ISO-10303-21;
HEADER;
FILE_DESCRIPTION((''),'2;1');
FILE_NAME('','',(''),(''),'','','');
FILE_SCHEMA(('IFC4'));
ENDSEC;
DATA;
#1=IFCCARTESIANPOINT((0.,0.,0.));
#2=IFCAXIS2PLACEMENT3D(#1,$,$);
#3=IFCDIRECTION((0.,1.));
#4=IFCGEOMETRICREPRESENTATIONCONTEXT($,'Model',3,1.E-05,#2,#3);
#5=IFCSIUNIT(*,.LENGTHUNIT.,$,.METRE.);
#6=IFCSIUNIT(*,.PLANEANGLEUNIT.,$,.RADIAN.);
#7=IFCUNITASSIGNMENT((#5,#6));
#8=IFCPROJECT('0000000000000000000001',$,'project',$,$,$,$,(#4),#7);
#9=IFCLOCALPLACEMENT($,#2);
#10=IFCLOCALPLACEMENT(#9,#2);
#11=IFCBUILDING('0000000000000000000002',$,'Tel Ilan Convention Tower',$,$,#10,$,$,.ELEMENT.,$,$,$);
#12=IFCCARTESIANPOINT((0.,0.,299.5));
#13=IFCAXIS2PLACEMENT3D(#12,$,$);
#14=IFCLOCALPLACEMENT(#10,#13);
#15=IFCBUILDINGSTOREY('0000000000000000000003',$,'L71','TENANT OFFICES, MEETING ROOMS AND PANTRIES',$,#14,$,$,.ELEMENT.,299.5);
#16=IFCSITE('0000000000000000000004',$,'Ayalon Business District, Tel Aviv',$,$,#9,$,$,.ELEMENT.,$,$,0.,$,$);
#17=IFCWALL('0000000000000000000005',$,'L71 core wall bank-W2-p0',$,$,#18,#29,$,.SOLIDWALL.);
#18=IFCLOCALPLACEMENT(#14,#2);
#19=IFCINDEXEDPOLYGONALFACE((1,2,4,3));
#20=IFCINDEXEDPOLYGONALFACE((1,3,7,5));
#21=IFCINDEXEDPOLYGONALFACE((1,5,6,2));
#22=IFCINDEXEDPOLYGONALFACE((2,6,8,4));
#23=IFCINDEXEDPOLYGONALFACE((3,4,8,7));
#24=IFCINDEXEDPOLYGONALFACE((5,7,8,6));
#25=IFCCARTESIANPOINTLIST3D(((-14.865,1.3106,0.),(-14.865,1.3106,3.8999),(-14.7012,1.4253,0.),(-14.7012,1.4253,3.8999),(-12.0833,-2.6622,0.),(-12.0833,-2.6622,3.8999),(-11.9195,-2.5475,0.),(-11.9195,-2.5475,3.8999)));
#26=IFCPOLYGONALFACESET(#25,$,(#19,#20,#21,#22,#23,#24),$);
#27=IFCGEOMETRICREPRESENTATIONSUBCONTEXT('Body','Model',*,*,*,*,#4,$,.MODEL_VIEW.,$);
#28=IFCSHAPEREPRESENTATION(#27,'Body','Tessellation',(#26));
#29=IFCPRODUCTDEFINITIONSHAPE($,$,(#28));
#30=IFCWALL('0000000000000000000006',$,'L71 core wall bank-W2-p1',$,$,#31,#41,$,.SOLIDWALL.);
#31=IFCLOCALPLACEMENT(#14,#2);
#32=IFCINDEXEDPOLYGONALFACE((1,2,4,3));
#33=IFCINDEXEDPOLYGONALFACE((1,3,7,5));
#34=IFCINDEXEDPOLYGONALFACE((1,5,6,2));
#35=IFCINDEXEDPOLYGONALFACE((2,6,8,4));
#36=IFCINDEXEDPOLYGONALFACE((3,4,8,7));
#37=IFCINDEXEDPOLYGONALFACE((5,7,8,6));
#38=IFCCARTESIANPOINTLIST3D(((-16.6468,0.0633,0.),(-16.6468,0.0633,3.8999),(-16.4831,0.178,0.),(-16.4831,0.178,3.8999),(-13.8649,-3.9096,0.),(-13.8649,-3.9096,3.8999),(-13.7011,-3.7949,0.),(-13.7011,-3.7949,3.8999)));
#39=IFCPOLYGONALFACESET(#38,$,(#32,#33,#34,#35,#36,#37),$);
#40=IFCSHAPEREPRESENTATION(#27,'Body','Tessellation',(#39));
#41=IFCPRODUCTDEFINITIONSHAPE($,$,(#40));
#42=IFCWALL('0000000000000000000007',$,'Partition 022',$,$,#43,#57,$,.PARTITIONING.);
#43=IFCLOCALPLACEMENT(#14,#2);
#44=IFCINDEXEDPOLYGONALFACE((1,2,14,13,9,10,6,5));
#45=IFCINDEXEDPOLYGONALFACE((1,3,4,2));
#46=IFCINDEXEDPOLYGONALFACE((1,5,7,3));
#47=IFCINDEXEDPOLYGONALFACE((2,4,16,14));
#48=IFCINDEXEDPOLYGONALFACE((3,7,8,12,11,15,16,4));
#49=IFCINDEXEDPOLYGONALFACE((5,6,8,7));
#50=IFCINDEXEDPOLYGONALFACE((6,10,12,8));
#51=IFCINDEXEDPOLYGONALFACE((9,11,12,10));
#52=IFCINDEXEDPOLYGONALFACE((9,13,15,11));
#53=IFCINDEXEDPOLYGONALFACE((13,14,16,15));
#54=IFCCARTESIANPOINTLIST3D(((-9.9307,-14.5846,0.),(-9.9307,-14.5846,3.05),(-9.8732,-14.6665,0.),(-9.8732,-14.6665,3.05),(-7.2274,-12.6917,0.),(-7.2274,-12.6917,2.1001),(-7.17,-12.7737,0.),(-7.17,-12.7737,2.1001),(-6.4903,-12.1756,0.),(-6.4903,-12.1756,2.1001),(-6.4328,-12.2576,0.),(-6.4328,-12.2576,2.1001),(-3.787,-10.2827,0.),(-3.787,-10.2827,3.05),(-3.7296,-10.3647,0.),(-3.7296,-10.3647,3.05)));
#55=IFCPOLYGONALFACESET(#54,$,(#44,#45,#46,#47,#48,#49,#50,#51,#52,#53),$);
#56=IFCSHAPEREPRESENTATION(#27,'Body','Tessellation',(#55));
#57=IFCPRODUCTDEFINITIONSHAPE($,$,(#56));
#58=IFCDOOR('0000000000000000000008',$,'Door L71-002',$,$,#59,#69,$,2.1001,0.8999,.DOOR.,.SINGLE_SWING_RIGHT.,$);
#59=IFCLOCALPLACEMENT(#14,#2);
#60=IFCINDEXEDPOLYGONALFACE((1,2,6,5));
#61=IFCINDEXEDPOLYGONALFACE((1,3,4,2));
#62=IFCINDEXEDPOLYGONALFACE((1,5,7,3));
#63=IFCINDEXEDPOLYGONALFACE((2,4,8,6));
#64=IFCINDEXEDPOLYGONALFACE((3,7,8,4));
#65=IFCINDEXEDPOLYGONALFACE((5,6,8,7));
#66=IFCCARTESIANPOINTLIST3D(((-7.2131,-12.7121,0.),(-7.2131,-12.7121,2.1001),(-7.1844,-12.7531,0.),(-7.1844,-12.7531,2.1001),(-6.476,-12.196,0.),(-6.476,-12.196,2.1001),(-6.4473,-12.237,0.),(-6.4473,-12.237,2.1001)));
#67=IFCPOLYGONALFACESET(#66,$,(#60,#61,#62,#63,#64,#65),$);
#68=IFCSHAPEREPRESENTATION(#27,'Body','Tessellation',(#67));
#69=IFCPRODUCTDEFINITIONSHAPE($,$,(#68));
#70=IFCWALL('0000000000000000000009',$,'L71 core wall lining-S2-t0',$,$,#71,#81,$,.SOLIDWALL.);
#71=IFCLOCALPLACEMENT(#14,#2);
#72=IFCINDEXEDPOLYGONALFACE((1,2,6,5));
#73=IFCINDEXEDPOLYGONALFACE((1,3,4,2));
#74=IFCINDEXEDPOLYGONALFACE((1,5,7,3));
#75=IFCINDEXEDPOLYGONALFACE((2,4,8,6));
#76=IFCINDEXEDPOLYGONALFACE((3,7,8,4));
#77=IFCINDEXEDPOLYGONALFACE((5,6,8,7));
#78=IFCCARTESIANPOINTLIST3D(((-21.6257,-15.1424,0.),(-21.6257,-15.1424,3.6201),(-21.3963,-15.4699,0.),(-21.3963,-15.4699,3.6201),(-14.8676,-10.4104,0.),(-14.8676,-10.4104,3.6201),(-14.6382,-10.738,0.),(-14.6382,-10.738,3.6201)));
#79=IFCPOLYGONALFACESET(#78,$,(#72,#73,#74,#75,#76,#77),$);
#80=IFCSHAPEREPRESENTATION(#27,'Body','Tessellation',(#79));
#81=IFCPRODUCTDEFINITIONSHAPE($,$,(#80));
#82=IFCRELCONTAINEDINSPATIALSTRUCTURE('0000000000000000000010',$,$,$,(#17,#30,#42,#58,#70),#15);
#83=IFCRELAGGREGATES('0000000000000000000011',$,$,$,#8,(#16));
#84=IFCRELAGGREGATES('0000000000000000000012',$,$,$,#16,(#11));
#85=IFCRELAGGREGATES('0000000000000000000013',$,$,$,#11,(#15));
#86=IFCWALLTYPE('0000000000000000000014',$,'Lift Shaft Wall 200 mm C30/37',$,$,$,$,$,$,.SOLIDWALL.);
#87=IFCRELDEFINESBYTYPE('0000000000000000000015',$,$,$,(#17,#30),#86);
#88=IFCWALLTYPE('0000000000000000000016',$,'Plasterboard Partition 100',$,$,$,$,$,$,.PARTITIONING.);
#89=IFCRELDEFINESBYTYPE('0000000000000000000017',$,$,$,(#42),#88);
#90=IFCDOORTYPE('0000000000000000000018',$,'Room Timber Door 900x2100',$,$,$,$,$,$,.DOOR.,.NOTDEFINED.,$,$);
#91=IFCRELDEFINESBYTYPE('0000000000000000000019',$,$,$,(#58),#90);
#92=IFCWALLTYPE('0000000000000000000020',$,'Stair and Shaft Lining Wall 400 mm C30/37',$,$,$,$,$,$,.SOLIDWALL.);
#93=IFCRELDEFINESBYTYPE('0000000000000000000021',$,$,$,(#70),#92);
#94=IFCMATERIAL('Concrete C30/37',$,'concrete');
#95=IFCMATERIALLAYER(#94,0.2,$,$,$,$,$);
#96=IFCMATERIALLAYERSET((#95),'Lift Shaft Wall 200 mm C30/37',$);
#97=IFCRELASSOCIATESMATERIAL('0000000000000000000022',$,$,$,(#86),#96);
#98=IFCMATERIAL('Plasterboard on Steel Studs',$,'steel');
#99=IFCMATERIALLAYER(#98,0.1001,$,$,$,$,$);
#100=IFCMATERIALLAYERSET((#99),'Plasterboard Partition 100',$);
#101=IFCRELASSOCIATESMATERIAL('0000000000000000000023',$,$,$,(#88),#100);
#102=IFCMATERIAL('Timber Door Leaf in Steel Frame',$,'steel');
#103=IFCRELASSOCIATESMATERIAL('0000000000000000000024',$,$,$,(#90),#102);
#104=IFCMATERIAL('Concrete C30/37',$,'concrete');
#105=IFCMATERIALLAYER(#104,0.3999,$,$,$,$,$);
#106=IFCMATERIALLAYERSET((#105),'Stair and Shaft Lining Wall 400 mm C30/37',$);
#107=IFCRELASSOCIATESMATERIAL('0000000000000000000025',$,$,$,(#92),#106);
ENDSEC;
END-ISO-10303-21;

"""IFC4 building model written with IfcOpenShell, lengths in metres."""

from ifc_helpers import new_model, si_unit, direction, frame, frame_2d, origin, place, context, subcontext, project, spatial, rectangle, extrude, material, layer, layer_set, type_object, element, fill, save


model = new_model("IFC4")

# Units and contexts
model_context = context("Model", 3, precision=1e-05, world=origin(), true_north=direction((0.0, 1.0)))
body_context = subcontext(model_context, "Body", "Model", "MODEL_VIEW")
ifc_project = project(units=[si_unit("LENGTHUNIT", "METRE"), si_unit("PLANEANGLEUNIT", "RADIAN")], contexts=[model_context])

# Site, building, storey
site_placement = place(None, origin())
site = spatial("IfcSite", under=ifc_project, at=site_placement, Name="Ayalon Business District, Tel Aviv", CompositionType="ELEMENT", RefElevation=0.0)
building_placement = place(site_placement, origin())
building = spatial("IfcBuilding", under=site, at=building_placement, Name="Tel Ilan Convention Tower", CompositionType="ELEMENT")
storey_placement = place(building_placement, frame((0.0, 0.0, 299.5)))
storey = spatial("IfcBuildingStorey", under=building, at=storey_placement, Name="L71", Description="TENANT OFFICES, MEETING ROOMS AND PANTRIES", CompositionType="ELEMENT", Elevation=299.5)

# Walls
ifc_material_1 = material(Name="Concrete C30/37", Category="concrete")
ifc_layer_1 = layer(ifc_material_1, 0.2)
ifc_layer_set_1 = layer_set([ifc_layer_1], Name="Lift Shaft Wall 200 mm C30/37")
wall_type_1 = type_object("IfcWallType", Name="Lift Shaft Wall 200 mm C30/37", PredefinedType="SOLIDWALL", material=ifc_layer_set_1)
wall_1_placement = place(storey_placement, frame((-12.0015, -2.6047, 0.0), z_axis=(0.0, 0.0, 1.0), x_axis=(-0.57356, 0.819163, 0.0)))
element("IfcWall", 1, at=wall_1_placement, inside=storey, type_object=wall_type_1, Name="L71 core wall bank-W2-p0", PredefinedType="SOLIDWALL", context=body_context, shape_type="SweptSolid", body=[
    extrude(rectangle(XDim=4.8499, YDim=0.2, at=frame_2d((2.4248, 0.0))), origin(), (0.0, 0.0, 1.0), 3.8999),
])
wall_2_placement = place(storey_placement, frame((-13.783, -3.8523, 0.0), z_axis=(0.0, 0.0, 1.0), x_axis=(-0.573594, 0.81914, 0.0)))
element("IfcWall", 2, at=wall_2_placement, inside=storey, type_object=wall_type_1, Name="L71 core wall bank-W2-p1", PredefinedType="SOLIDWALL", context=body_context, shape_type="SweptSolid", body=[
    extrude(rectangle(XDim=4.8501, YDim=0.2, at=frame_2d((2.425, 0.0))), origin(), (0.0, 0.0, 1.0), 3.8999),
])

# Wall, opening, door
ifc_material_2 = material(Name="Plasterboard on Steel Studs", Category="steel")
ifc_layer_2 = layer(ifc_material_2, 0.1001)
ifc_layer_set_2 = layer_set([ifc_layer_2], Name="Plasterboard Partition 100")
wall_type_2 = type_object("IfcWallType", Name="Plasterboard Partition 100", PredefinedType="PARTITIONING", material=ifc_layer_set_2)
wall_3_placement = place(storey_placement, frame((-3.7583, -10.3237, 0.0), z_axis=(0.0, 0.0, 1.0), x_axis=(-0.819152, -0.573576, 0.0)))
wall_3 = element("IfcWall", 3, at=wall_3_placement, inside=storey, type_object=wall_type_2, Name="Partition 022", PredefinedType="PARTITIONING", context=body_context, shape_type="SweptSolid", body=[
    extrude(rectangle(XDim=7.5, YDim=0.1001, at=frame_2d((3.75, 0.0))), origin(), (0.0, 0.0, 1.0), 3.05),
])
opening_1_placement = place(wall_3_placement, frame((3.3, 0.0, 0.0)))
opening_1 = element("IfcOpeningElement", 4, at=opening_1_placement, cuts=wall_3, PredefinedType="OPENING", context=body_context, shape_type="SweptSolid", body=[
    extrude(rectangle(XDim=0.8999, YDim=2.1001, at=frame_2d((0.45, 1.05))), frame((0.0, 0.0601, 0.0), z_axis=(0.0, -1.0, 0.0), x_axis=(1.0, 0.0, 0.0)), (0.0, 0.0, 1.0), 0.1201),
])
ifc_material_3 = material(Name="Timber Door Leaf in Steel Frame", Category="steel")
door_type_1 = type_object("IfcDoorType", Name="Room Timber Door 900x2100", OperationType="NOTDEFINED", PredefinedType="DOOR", material=ifc_material_3)
door_1_placement = place(opening_1_placement, origin())
door_1 = element("IfcDoor", 5, at=door_1_placement, inside=storey, type_object=door_type_1, Name="Door L71-002", OperationType="SINGLE_SWING_RIGHT", OverallHeight=2.1001, OverallWidth=0.8999, PredefinedType="DOOR", context=body_context, shape_type="SweptSolid", body=[
    extrude(rectangle(XDim=0.8999, YDim=2.1001, at=frame_2d((0.45, 1.05))), frame((0.0, 0.0249, 0.0), z_axis=(0.0, -1.0, 0.0), x_axis=(1.0, 0.0, 0.0)), (0.0, 0.0, 1.0), 0.05),
])
fill(opening_1, door_1)

# Wall
ifc_material_4 = material(Name="Concrete C30/37", Category="concrete")
ifc_layer_3 = layer(ifc_material_4, 0.3999)
ifc_layer_set_3 = layer_set([ifc_layer_3], Name="Stair and Shaft Lining Wall 400 mm C30/37")
wall_type_3 = type_object("IfcWallType", Name="Stair and Shaft Lining Wall 400 mm C30/37", PredefinedType="SOLIDWALL", material=ifc_layer_set_3)
wall_4_placement = place(storey_placement, frame((-14.7529, -10.5742, 0.0), z_axis=(0.0, 0.0, 1.0), x_axis=(-0.819158, -0.573568, 0.0)))
element("IfcWall", 6, at=wall_4_placement, inside=storey, type_object=wall_type_3, Name="L71 core wall lining-S2-t0", PredefinedType="SOLIDWALL", context=body_context, shape_type="SweptSolid", body=[
    extrude(rectangle(XDim=8.25, YDim=0.3999, at=frame_2d((4.125, 0.0))), origin(), (0.0, 0.0, 1.0), 3.6201),
])

save(model, "model.ifc")
